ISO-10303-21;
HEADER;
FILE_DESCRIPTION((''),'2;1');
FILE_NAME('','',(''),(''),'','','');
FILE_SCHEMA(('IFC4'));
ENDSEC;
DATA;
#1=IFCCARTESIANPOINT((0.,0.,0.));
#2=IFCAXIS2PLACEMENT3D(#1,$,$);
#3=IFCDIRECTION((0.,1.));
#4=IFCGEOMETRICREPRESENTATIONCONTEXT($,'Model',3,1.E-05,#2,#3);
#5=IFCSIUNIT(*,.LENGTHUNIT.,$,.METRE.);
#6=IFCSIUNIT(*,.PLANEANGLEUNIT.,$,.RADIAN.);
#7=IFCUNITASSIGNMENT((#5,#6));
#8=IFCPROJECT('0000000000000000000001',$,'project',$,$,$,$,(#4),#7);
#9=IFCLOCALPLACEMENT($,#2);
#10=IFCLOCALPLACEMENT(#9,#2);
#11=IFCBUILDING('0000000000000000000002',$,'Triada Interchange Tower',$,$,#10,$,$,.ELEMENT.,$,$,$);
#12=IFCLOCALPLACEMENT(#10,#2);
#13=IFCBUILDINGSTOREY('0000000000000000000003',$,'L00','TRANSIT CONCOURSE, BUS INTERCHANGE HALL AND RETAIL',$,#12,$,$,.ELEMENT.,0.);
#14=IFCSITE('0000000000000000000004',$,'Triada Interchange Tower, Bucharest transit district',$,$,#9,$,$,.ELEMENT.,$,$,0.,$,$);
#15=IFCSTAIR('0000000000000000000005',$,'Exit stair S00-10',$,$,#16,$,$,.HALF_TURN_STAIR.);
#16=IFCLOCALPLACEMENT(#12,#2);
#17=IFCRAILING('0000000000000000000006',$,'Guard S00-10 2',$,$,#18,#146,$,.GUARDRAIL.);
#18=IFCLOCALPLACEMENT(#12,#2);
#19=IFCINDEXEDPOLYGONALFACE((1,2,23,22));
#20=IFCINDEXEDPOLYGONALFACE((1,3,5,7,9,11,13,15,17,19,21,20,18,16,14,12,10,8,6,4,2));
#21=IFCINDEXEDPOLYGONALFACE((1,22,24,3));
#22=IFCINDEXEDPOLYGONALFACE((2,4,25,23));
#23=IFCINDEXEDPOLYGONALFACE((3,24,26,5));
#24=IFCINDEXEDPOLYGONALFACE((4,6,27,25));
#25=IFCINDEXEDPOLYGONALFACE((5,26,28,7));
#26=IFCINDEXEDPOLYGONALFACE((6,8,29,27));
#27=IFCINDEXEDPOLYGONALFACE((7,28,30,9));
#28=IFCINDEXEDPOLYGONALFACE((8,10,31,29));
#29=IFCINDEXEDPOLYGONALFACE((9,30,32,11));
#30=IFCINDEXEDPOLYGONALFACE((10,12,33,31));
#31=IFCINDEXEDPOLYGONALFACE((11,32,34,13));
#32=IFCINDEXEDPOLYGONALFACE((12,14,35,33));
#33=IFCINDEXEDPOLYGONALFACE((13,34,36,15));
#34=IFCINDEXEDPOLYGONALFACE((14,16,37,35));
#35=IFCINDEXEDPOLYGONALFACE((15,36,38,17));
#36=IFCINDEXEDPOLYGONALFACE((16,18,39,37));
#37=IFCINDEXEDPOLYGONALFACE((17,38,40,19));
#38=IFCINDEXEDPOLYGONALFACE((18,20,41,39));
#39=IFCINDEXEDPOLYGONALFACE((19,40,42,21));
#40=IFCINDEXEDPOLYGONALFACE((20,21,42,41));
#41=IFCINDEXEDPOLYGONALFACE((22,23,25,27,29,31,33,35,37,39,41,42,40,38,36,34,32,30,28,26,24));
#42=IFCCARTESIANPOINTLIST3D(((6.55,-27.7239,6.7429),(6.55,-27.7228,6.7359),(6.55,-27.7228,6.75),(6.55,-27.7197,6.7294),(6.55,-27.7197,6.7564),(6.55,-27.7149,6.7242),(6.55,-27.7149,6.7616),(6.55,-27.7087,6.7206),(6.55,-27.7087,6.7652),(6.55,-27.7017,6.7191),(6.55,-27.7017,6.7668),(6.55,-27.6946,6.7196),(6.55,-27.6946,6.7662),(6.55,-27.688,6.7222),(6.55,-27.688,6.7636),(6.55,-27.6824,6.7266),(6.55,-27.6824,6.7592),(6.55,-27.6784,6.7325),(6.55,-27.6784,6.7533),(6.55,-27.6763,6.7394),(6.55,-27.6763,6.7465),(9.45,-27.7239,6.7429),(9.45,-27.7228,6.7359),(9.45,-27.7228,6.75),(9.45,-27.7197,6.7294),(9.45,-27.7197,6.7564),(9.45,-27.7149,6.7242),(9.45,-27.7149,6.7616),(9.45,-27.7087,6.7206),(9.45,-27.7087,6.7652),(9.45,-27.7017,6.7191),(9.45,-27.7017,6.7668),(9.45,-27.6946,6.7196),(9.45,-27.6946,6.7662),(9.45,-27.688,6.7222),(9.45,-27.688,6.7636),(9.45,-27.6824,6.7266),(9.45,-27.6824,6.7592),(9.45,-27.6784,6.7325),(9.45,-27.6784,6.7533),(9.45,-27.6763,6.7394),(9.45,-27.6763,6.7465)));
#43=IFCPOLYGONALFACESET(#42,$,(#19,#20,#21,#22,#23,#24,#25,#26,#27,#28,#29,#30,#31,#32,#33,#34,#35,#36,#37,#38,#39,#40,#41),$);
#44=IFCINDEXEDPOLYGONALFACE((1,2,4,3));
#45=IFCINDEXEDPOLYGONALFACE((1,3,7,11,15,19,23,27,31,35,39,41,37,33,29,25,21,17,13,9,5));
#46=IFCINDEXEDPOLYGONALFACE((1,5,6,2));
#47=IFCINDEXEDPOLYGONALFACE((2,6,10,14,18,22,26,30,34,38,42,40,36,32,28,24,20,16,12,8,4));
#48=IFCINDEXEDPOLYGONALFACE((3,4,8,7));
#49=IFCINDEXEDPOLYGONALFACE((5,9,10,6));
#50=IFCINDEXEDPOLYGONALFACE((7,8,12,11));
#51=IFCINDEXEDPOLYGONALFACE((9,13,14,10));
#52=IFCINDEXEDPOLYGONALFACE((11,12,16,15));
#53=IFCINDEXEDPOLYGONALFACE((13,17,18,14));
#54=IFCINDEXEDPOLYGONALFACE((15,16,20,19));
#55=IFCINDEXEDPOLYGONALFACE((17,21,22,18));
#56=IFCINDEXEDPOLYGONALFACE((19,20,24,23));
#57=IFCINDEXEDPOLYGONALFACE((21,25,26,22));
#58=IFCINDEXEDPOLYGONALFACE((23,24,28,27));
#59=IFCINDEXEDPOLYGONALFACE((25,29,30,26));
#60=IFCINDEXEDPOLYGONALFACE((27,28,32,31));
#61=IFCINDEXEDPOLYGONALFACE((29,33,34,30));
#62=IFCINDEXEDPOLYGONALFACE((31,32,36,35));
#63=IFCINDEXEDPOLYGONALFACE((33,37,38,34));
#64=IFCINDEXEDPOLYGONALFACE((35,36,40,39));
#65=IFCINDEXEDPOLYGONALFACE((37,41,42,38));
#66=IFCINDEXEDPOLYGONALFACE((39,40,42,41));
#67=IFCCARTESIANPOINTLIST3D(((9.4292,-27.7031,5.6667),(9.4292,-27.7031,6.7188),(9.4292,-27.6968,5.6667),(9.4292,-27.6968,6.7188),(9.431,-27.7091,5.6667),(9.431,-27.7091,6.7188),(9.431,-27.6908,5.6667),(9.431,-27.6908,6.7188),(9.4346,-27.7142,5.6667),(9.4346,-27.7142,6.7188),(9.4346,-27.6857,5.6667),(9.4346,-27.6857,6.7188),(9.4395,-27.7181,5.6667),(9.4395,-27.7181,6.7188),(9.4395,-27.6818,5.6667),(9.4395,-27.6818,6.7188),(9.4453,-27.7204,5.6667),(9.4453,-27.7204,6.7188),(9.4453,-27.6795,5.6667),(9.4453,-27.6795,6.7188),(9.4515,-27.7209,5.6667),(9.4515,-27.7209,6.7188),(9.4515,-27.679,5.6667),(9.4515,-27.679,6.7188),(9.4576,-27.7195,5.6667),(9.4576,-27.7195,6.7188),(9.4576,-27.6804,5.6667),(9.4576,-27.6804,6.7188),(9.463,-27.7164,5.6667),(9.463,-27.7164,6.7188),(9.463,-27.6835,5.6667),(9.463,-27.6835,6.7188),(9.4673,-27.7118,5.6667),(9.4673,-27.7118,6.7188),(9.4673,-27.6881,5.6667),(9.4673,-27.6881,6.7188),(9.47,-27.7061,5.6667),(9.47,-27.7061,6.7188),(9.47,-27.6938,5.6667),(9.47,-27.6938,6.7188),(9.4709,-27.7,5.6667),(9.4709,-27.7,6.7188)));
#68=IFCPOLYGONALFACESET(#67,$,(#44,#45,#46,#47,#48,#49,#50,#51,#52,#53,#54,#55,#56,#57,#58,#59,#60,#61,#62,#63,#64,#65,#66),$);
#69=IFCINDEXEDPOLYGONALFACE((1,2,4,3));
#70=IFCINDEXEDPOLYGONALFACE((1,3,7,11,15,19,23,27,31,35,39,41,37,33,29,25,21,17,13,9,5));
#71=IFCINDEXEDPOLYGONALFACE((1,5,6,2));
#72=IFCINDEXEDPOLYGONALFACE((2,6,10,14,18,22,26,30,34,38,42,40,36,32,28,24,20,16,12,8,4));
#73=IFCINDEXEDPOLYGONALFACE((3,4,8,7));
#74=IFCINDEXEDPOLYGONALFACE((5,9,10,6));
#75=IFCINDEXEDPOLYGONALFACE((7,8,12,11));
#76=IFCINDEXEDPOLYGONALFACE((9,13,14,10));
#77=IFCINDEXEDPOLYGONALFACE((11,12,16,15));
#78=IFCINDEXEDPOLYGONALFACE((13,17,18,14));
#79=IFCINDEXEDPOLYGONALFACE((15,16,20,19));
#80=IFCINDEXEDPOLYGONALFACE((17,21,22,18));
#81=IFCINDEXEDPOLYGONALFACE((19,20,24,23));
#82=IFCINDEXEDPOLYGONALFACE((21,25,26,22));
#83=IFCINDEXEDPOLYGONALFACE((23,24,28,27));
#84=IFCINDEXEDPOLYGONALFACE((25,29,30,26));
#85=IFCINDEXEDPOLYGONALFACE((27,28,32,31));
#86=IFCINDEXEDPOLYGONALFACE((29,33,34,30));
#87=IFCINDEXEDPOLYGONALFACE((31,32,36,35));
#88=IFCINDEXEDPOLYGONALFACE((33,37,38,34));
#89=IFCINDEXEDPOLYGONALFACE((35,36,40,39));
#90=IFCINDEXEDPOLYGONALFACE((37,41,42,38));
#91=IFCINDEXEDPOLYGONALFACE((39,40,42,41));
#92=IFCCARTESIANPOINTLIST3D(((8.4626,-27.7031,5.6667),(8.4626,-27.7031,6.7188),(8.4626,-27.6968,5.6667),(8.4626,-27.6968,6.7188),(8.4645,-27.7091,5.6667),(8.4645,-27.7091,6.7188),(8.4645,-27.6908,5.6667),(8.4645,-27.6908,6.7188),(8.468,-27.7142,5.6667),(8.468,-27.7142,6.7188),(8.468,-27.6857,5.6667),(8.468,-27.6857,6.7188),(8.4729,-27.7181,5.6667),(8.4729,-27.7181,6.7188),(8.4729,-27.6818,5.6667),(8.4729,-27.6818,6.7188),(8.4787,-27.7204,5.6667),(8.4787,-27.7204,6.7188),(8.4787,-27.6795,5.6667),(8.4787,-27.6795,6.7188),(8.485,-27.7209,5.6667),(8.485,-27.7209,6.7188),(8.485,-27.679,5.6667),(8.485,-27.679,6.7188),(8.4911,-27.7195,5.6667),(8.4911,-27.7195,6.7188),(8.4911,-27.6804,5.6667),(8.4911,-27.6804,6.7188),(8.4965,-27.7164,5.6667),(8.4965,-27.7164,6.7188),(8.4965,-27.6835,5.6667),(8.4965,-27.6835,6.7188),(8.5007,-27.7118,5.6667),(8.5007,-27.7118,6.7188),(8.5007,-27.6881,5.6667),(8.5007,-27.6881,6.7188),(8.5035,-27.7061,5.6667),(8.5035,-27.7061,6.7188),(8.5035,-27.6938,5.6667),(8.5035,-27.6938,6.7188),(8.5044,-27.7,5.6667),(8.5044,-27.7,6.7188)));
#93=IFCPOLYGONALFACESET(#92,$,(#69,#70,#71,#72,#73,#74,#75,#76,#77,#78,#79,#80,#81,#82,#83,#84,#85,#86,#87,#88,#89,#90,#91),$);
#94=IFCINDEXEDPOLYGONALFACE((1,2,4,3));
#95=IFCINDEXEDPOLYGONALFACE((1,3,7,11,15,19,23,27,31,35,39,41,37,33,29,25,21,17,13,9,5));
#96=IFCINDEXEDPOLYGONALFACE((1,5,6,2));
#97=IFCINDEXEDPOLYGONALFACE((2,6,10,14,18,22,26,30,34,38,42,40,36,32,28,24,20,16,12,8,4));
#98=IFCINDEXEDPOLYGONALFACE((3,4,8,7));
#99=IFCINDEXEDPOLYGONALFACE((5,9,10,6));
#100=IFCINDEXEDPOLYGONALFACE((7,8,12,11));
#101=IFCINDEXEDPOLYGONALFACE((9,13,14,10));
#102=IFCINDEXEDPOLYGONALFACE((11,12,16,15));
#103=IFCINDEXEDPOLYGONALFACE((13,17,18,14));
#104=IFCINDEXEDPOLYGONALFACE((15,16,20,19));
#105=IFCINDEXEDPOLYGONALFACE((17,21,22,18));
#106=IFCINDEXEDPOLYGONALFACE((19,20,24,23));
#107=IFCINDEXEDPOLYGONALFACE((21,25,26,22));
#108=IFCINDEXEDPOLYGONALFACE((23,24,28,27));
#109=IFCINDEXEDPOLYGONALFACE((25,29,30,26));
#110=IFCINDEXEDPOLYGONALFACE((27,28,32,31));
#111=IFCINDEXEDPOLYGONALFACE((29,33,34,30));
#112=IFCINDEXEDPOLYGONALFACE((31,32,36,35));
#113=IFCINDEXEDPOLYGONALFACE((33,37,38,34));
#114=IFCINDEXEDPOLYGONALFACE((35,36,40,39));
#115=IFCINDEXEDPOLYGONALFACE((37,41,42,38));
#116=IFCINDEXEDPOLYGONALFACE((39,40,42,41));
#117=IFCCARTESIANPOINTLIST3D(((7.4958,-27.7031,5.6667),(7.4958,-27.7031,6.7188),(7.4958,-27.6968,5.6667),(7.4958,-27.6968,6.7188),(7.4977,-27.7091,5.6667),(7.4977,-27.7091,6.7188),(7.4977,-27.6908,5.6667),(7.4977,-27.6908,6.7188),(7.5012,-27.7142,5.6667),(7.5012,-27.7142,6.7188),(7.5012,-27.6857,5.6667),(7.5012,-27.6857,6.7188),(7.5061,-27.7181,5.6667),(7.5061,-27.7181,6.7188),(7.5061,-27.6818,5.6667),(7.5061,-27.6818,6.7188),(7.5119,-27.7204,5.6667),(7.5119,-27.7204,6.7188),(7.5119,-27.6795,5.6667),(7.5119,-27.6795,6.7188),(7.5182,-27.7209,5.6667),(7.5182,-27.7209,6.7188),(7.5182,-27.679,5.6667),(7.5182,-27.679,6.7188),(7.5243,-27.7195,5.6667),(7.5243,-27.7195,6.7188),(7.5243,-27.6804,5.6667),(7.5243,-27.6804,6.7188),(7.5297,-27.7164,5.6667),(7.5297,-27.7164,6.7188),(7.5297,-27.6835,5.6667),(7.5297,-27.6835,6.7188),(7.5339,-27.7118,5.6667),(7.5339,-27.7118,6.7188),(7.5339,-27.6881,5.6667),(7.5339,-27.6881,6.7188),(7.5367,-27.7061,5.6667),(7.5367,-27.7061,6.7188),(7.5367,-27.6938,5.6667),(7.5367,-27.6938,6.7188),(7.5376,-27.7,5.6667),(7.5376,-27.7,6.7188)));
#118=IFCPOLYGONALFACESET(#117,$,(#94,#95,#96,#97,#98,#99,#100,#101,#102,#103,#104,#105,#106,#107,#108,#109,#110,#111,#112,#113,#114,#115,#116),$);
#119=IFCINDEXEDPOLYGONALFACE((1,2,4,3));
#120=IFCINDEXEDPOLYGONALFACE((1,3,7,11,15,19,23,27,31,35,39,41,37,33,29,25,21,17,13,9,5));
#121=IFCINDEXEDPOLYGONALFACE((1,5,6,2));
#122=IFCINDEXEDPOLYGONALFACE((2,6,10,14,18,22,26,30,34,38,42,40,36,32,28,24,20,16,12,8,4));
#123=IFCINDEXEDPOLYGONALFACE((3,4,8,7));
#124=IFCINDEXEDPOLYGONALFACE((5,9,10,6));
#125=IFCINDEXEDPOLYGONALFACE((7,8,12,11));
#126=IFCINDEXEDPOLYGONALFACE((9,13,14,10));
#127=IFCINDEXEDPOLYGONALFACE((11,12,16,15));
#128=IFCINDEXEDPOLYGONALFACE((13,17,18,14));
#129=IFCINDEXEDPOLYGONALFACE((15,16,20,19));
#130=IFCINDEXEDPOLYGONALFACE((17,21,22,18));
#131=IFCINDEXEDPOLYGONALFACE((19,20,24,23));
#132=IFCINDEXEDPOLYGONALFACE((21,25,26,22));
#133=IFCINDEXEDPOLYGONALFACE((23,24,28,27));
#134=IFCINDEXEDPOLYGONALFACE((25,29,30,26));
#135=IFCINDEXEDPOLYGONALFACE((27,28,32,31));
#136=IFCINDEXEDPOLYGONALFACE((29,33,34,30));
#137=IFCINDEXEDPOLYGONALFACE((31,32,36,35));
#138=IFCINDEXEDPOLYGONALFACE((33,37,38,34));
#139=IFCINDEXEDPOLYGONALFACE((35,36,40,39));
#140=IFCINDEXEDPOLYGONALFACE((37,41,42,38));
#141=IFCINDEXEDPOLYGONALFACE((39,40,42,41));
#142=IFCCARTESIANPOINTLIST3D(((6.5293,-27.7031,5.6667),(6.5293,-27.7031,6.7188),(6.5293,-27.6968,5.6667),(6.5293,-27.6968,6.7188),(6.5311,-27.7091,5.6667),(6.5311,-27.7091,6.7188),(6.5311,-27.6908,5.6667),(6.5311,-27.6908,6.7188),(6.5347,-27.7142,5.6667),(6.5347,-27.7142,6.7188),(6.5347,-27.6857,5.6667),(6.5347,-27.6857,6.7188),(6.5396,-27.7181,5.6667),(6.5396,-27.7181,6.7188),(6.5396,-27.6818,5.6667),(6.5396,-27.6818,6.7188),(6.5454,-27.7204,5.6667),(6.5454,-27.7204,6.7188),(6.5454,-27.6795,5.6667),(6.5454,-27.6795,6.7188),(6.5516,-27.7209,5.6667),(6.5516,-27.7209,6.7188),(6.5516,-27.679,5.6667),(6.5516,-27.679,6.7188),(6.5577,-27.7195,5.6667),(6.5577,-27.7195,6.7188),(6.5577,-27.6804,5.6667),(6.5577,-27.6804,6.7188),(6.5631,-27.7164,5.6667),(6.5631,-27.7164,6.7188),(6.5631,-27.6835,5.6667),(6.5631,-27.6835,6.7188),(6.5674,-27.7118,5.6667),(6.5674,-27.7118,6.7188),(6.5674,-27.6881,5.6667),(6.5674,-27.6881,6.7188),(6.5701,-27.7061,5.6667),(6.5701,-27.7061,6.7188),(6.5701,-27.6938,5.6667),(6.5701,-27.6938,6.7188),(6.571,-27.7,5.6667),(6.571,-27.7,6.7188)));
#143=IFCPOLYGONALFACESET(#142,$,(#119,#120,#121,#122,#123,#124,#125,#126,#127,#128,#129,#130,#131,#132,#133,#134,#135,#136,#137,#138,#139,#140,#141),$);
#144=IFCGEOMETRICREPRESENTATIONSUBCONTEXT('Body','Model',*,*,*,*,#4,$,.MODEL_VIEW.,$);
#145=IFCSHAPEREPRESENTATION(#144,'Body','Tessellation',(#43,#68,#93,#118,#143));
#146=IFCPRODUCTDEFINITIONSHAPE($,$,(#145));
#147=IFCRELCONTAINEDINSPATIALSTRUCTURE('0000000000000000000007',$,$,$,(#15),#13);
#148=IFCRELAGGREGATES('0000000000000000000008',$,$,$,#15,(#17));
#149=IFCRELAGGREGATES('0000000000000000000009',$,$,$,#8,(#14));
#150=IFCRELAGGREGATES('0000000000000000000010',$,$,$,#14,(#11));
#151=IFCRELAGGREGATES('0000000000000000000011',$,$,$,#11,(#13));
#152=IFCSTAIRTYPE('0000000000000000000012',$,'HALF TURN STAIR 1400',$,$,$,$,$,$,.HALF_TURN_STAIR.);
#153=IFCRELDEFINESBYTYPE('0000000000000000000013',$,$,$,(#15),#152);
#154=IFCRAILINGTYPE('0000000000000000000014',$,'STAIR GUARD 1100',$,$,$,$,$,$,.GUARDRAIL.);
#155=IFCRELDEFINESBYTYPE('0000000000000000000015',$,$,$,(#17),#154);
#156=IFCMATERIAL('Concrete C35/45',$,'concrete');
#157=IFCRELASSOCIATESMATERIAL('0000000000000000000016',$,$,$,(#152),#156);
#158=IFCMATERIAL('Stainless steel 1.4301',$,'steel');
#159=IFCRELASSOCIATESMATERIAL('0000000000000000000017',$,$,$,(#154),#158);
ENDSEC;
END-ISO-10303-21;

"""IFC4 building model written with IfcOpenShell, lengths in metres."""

from ifc_helpers import new_model, si_unit, direction, frame, origin, origin_2d, place, context, subcontext, project, spatial, circle, extrude, material, type_object, element, aggregate, save


model = new_model("IFC4")

# Units and contexts
model_context = context("Model", 3, precision=1e-05, world=origin(), true_north=direction((0.0, 1.0)))
body_context = subcontext(model_context, "Body", "Model", "MODEL_VIEW")
ifc_project = project(units=[si_unit("LENGTHUNIT", "METRE"), si_unit("PLANEANGLEUNIT", "RADIAN")], contexts=[model_context])

# Site, building, storey
site_placement = place(None, origin())
site = spatial("IfcSite", under=ifc_project, at=site_placement, Name="Triada Interchange Tower, Bucharest transit district", CompositionType="ELEMENT", RefElevation=0.0)
building_placement = place(site_placement, origin())
building = spatial("IfcBuilding", under=site, at=building_placement, Name="Triada Interchange Tower", CompositionType="ELEMENT")
storey_placement = place(building_placement, origin())
storey = spatial("IfcBuildingStorey", under=building, at=storey_placement, Name="L00", Description="TRANSIT CONCOURSE, BUS INTERCHANGE HALL AND RETAIL", CompositionType="ELEMENT", Elevation=0.0)

# Shared definitions
ifc_material_1 = material(Name="Concrete C35/45", Category="concrete")

# Stair, railing
stair_type = type_object("IfcStairType", Name="HALF TURN STAIR 1400", PredefinedType="HALF_TURN_STAIR", material=ifc_material_1)
stair_placement = place(storey_placement, origin())
stair = element("IfcStair", 1, at=stair_placement, inside=storey, type_object=stair_type, Name="Exit stair S00-10", PredefinedType="HALF_TURN_STAIR")
ifc_material_2 = material(Name="Stainless steel 1.4301", Category="steel")
railing_type = type_object("IfcRailingType", Name="STAIR GUARD 1100", PredefinedType="GUARDRAIL", material=ifc_material_2)
railing_1_placement = place(storey_placement, frame((9.45, -27.7, 5.6667)))
railing_1 = element("IfcRailing", 2, at=railing_1_placement, type_object=railing_type, Name="Guard S00-10 2", PredefinedType="GUARDRAIL", context=body_context, shape_type="SweptSolid", body=[
    extrude(circle(Radius=0.0239, at=origin_2d()), frame((0.0, 0.0, 1.0762), z_axis=(-1.0, 0.0, 0.0), x_axis=(0.0, -1.0, 0.0)), (0.0, 0.0, 1.0), 2.8999),
    extrude(circle(Radius=0.021, at=origin_2d()), origin(), (0.0, 0.0, 1.0), 1.052),
    extrude(circle(Radius=0.021, at=origin_2d()), frame((-0.9666, 0.0, 0.0)), (0.0, 0.0, 1.0), 1.052),
    extrude(circle(Radius=0.021, at=origin_2d()), frame((-1.9333, 0.0, 0.0)), (0.0, 0.0, 1.0), 1.052),
    extrude(circle(Radius=0.021, at=origin_2d()), frame((-2.8999, 0.0, 0.0)), (0.0, 0.0, 1.0), 1.052),
])
aggregate(stair, [railing_1])

save(model, "model.ifc")
